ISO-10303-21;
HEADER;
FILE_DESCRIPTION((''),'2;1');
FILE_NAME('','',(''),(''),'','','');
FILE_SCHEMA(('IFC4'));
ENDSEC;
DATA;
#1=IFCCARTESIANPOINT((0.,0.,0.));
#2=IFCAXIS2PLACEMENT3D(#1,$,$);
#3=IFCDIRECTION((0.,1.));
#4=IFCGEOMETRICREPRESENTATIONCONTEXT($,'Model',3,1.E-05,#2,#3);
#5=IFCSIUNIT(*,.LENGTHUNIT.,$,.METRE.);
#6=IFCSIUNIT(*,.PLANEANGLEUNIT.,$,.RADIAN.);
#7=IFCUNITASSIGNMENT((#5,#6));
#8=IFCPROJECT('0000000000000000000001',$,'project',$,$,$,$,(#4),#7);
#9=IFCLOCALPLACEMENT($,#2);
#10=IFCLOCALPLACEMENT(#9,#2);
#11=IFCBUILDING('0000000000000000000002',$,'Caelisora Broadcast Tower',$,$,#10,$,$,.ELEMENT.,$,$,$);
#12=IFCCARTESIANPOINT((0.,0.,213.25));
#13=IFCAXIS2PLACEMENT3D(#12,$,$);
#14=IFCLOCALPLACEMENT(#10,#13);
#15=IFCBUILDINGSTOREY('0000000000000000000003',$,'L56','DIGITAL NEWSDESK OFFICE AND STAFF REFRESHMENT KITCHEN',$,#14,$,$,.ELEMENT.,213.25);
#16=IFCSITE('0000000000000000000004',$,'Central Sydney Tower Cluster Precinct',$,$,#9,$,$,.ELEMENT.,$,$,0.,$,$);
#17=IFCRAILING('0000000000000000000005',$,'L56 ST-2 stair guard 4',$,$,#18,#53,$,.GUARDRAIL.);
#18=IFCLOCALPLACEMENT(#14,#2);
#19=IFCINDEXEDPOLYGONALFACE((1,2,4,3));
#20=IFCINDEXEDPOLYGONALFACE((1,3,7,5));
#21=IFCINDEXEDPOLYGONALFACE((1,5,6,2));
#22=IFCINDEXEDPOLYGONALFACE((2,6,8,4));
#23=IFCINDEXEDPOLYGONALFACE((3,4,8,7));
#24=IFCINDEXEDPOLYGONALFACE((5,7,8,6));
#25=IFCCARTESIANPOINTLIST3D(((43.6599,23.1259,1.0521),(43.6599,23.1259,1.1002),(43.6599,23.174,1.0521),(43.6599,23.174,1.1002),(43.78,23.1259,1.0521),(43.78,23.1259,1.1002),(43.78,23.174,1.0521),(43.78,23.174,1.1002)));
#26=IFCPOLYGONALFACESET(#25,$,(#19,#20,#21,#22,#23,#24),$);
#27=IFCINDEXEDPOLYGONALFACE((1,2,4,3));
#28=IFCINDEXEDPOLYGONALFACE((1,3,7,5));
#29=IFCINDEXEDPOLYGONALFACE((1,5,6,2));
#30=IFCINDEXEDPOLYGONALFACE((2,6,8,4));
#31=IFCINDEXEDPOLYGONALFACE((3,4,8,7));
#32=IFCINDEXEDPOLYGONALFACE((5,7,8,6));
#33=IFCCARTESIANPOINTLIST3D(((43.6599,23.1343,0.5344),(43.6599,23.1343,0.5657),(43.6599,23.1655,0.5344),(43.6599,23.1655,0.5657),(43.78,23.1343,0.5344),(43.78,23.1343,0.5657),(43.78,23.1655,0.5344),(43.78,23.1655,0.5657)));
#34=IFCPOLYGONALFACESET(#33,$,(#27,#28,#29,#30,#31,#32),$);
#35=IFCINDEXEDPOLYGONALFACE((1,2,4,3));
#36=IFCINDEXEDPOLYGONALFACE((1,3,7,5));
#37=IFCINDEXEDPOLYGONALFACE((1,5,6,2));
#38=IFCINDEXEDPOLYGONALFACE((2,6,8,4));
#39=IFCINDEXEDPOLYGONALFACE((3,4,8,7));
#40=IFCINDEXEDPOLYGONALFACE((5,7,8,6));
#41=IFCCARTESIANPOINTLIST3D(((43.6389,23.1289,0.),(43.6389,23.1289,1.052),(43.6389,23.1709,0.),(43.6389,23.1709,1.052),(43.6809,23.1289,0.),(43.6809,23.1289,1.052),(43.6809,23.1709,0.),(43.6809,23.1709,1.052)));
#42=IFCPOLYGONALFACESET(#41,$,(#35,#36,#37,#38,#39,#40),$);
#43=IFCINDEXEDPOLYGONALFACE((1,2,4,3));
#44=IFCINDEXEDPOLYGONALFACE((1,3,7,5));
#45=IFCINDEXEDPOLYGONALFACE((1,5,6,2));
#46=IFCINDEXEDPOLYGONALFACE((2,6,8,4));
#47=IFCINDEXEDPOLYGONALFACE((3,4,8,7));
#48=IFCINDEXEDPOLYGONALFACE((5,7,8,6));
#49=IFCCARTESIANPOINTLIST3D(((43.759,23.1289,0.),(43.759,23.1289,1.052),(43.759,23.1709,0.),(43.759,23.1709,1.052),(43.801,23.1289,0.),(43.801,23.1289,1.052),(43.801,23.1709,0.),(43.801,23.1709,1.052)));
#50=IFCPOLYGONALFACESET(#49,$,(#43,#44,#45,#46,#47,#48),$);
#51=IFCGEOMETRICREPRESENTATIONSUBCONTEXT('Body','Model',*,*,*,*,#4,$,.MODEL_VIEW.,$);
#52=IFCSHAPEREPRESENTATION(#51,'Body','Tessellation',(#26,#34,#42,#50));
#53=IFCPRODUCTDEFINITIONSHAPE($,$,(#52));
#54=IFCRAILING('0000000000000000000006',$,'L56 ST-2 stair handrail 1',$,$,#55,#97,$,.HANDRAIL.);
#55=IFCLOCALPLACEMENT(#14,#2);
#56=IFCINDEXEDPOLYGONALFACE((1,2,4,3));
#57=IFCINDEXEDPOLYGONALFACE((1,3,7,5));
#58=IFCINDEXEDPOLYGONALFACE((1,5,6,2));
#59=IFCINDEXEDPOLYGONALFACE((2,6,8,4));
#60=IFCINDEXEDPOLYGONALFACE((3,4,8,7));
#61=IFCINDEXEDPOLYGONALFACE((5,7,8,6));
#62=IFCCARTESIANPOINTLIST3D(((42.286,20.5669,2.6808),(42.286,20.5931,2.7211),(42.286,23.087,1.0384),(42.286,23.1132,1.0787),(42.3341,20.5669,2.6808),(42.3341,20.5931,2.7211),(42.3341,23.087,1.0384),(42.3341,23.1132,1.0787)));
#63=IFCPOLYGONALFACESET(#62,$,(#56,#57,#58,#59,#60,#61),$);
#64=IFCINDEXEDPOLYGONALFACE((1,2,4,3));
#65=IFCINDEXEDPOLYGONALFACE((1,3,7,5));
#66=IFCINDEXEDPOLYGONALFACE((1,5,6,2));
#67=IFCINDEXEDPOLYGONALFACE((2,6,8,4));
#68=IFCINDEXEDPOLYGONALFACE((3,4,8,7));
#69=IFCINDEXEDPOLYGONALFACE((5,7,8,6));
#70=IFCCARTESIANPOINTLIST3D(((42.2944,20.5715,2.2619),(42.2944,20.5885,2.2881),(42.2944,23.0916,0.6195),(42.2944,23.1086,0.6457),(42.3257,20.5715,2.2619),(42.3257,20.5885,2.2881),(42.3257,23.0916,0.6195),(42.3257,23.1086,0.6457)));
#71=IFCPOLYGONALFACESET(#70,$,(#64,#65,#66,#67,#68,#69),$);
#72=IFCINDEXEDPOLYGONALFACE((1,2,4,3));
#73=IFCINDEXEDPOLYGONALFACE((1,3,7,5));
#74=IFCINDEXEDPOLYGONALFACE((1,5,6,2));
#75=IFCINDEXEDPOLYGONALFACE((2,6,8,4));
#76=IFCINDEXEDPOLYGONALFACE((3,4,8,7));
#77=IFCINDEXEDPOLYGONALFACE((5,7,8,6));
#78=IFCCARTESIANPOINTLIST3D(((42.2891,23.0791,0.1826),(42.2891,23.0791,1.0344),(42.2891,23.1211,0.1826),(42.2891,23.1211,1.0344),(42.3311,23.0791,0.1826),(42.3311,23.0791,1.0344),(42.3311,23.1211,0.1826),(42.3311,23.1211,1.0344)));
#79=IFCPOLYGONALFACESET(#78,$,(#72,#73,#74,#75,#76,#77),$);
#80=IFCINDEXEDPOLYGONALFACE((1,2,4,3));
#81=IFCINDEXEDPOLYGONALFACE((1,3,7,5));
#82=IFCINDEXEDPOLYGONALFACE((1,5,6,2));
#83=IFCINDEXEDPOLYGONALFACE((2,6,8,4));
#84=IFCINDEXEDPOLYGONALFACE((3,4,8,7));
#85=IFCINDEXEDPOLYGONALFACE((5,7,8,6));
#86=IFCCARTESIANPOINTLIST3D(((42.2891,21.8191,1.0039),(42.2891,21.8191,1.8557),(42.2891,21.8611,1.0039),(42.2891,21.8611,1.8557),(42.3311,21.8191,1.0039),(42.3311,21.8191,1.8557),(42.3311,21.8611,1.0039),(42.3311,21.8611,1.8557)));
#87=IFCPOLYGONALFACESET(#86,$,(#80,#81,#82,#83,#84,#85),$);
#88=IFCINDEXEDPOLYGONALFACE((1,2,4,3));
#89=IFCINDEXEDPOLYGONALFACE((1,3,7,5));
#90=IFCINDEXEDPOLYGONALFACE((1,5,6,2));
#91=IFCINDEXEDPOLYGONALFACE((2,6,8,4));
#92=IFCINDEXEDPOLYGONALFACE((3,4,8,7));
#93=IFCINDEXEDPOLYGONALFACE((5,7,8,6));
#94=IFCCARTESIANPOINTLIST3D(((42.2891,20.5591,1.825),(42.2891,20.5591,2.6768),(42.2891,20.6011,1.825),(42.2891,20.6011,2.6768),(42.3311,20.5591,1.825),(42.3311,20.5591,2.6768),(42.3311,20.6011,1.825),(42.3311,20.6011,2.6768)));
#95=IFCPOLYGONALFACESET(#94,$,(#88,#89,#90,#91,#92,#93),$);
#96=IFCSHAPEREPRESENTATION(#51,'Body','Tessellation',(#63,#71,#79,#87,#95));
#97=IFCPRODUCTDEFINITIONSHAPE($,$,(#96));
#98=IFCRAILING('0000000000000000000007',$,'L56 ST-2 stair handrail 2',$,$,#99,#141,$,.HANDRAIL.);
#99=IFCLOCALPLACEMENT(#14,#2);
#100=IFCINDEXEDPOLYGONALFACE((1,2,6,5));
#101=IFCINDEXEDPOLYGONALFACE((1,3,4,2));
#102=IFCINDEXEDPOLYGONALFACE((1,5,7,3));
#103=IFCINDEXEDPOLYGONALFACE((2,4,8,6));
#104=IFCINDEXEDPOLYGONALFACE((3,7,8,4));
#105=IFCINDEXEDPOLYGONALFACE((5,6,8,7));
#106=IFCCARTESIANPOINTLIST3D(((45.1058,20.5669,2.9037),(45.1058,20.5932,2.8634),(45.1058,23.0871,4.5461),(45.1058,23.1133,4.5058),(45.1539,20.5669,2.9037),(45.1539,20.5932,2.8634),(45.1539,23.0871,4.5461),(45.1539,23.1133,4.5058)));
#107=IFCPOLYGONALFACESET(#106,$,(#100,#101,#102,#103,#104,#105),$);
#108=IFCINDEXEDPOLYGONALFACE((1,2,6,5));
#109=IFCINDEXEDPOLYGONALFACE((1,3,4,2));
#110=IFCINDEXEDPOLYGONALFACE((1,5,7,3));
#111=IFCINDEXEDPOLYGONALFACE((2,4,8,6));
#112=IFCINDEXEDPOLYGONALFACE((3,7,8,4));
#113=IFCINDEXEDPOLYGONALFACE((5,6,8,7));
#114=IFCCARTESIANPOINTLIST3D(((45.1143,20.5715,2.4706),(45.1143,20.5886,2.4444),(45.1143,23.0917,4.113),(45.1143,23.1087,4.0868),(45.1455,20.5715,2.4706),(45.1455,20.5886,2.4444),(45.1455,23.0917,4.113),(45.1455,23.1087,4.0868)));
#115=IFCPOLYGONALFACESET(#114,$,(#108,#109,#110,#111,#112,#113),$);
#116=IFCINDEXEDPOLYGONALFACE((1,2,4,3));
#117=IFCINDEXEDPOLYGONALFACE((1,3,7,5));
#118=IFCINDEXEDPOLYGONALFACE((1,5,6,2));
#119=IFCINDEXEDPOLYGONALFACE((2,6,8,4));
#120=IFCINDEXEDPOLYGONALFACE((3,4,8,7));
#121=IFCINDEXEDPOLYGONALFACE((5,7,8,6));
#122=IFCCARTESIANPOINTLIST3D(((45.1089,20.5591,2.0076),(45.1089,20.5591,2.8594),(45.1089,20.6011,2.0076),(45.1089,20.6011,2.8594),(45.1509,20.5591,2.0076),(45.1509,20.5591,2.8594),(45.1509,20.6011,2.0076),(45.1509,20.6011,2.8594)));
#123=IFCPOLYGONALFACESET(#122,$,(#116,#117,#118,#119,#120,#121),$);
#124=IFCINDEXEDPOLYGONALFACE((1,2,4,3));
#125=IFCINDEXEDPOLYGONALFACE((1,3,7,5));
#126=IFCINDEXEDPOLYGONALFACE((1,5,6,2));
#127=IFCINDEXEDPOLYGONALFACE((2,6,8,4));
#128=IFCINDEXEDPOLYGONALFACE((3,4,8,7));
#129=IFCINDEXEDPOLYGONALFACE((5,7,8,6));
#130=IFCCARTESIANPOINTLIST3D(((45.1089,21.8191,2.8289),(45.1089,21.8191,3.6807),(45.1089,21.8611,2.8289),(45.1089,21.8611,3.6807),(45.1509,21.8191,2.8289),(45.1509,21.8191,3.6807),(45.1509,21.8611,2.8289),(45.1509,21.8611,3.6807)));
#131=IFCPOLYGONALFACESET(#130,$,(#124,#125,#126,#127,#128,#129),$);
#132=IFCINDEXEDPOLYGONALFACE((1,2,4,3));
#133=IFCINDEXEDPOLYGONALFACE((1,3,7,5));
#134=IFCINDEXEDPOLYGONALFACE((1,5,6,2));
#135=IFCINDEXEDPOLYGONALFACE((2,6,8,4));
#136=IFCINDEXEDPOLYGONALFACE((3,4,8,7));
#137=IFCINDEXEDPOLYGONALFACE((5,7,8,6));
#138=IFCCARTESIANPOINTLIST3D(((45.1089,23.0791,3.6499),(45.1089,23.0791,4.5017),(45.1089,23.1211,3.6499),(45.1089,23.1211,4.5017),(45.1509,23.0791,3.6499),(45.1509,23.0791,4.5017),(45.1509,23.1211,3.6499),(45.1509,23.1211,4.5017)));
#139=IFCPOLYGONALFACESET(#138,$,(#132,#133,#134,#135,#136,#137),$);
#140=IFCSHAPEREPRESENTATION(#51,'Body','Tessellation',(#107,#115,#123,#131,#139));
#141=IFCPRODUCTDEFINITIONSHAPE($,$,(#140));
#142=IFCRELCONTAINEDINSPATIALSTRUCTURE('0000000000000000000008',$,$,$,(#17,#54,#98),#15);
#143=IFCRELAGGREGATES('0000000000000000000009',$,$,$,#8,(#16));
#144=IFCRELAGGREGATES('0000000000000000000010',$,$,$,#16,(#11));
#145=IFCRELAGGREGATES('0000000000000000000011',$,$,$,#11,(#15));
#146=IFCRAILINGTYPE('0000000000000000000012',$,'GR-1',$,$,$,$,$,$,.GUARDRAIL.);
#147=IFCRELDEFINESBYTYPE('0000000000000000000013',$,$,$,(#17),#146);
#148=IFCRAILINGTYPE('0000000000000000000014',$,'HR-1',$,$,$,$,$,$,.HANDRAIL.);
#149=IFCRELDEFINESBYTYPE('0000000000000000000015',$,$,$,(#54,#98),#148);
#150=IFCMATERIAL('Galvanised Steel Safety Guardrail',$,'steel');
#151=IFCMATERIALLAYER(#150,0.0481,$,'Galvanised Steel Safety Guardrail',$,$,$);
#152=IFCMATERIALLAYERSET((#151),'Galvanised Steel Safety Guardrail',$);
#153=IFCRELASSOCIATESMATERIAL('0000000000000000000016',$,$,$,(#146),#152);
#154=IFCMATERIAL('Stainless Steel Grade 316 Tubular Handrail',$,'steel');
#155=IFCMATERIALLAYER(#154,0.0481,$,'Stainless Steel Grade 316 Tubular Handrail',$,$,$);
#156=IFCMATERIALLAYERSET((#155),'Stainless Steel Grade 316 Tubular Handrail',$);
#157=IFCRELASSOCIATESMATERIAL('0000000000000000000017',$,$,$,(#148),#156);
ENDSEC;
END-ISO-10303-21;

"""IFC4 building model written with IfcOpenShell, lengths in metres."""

from ifc_helpers import new_model, si_unit, direction, frame, origin, origin_2d, place, context, subcontext, project, spatial, rectangle, extrude, material, layer, layer_set, type_object, element, save


model = new_model("IFC4")

# Units and contexts
model_context = context("Model", 3, precision=1e-05, world=origin(), true_north=direction((0.0, 1.0)))
body_context = subcontext(model_context, "Body", "Model", "MODEL_VIEW")
ifc_project = project(units=[si_unit("LENGTHUNIT", "METRE"), si_unit("PLANEANGLEUNIT", "RADIAN")], contexts=[model_context])

# Site, building, storey
site_placement = place(None, origin())
site = spatial("IfcSite", under=ifc_project, at=site_placement, Name="Central Sydney Tower Cluster Precinct", CompositionType="ELEMENT", RefElevation=0.0)
building_placement = place(site_placement, origin())
building = spatial("IfcBuilding", under=site, at=building_placement, Name="Caelisora Broadcast Tower", CompositionType="ELEMENT")
storey_placement = place(building_placement, frame((0.0, 0.0, 213.25)))
storey = spatial("IfcBuildingStorey", under=building, at=storey_placement, Name="L56", Description="DIGITAL NEWSDESK OFFICE AND STAFF REFRESHMENT KITCHEN", CompositionType="ELEMENT", Elevation=213.25)

# Railings
ifc_material_1 = material(Name="Galvanised Steel Safety Guardrail", Category="steel")
ifc_layer_1 = layer(ifc_material_1, 0.0481, Name="Galvanised Steel Safety Guardrail")
ifc_layer_set_1 = layer_set([ifc_layer_1], Name="Galvanised Steel Safety Guardrail")
railing_type_1 = type_object("IfcRailingType", Name="GR-1", PredefinedType="GUARDRAIL", material=ifc_layer_set_1)
railing_1_placement = place(storey_placement, frame((43.6599, 23.1499, 0.0)))
element("IfcRailing", 1, at=railing_1_placement, inside=storey, type_object=railing_type_1, Name="L56 ST-2 stair guard 4", PredefinedType="GUARDRAIL", context=body_context, shape_type="SweptSolid", body=[
    extrude(rectangle(XDim=0.0481, YDim=0.0481, at=origin_2d()), frame((0.0, 0.0, 1.0762), z_axis=(1.0, 0.0, 0.0), x_axis=(0.0, 1.0, 0.0)), (0.0, 0.0, 1.0), 0.1201),
    extrude(rectangle(XDim=0.0312, YDim=0.0312, at=origin_2d()), frame((0.0, 0.0, 0.55), z_axis=(1.0, 0.0, 0.0), x_axis=(0.0, 1.0, 0.0)), (0.0, 0.0, 1.0), 0.1201),
    extrude(rectangle(XDim=0.042, YDim=0.042, at=origin_2d()), origin(), (0.0, 0.0, 1.0), 1.052),
    extrude(rectangle(XDim=0.042, YDim=0.042, at=origin_2d()), frame((0.1201, 0.0, 0.0)), (0.0, 0.0, 1.0), 1.052),
])
ifc_material_2 = material(Name="Stainless Steel Grade 316 Tubular Handrail", Category="steel")
ifc_layer_2 = layer(ifc_material_2, 0.0481, Name="Stainless Steel Grade 316 Tubular Handrail")
ifc_layer_set_2 = layer_set([ifc_layer_2], Name="Stainless Steel Grade 316 Tubular Handrail")
railing_type_2 = type_object("IfcRailingType", Name="HR-1", PredefinedType="HANDRAIL", material=ifc_layer_set_2)
railing_2_placement = place(storey_placement, frame((42.3101, 23.1001, 0.1826)))
element("IfcRailing", 2, at=railing_2_placement, inside=storey, type_object=railing_type_2, Name="L56 ST-2 stair handrail 1", PredefinedType="HANDRAIL", context=body_context, shape_type="SweptSolid", body=[
    extrude(rectangle(XDim=0.0481, YDim=0.0481, at=origin_2d()), frame((0.0, 0.0, 0.876), z_axis=(0.0, -0.837787, 0.545998), x_axis=(1.0, 0.0, 0.0)), (0.0, 0.0, 1.0), 3.0081),
    extrude(rectangle(XDim=0.0312, YDim=0.0312, at=origin_2d()), frame((0.0, 0.0, 0.45), z_axis=(0.0, -0.837787, 0.545998), x_axis=(1.0, 0.0, 0.0)), (0.0, 0.0, 1.0), 3.0081),
    extrude(rectangle(XDim=0.042, YDim=0.042, at=origin_2d()), origin(), (0.0, 0.0, 1.0), 0.8518),
    extrude(rectangle(XDim=0.042, YDim=0.042, at=origin_2d()), frame((0.0, -1.26, 0.8213)), (0.0, 0.0, 1.0), 0.8518),
    extrude(rectangle(XDim=0.042, YDim=0.042, at=origin_2d()), frame((0.0, -2.52, 1.6423)), (0.0, 0.0, 1.0), 0.8518),
])
railing_3_placement = place(storey_placement, frame((45.1299, 20.5801, 2.0076)))
element("IfcRailing", 3, at=railing_3_placement, inside=storey, type_object=railing_type_2, Name="L56 ST-2 stair handrail 2", PredefinedType="HANDRAIL", context=body_context, shape_type="SweptSolid", body=[
    extrude(rectangle(XDim=0.0481, YDim=0.0481, at=origin_2d()), frame((0.0, 0.0, 0.876), z_axis=(0.0, 0.837787, 0.545998), x_axis=(-1.0, 0.0, 0.0)), (0.0, 0.0, 1.0), 3.0081),
    extrude(rectangle(XDim=0.0312, YDim=0.0312, at=origin_2d()), frame((0.0, 0.0, 0.45), z_axis=(0.0, 0.837787, 0.545998), x_axis=(-1.0, 0.0, 0.0)), (0.0, 0.0, 1.0), 3.0081),
    extrude(rectangle(XDim=0.042, YDim=0.042, at=origin_2d()), origin(), (0.0, 0.0, 1.0), 0.8518),
    extrude(rectangle(XDim=0.042, YDim=0.042, at=origin_2d()), frame((0.0, 1.26, 0.8213)), (0.0, 0.0, 1.0), 0.8518),
    extrude(rectangle(XDim=0.042, YDim=0.042, at=origin_2d()), frame((0.0, 2.52, 1.6423)), (0.0, 0.0, 1.0), 0.8518),
])

save(model, "model.ifc")
